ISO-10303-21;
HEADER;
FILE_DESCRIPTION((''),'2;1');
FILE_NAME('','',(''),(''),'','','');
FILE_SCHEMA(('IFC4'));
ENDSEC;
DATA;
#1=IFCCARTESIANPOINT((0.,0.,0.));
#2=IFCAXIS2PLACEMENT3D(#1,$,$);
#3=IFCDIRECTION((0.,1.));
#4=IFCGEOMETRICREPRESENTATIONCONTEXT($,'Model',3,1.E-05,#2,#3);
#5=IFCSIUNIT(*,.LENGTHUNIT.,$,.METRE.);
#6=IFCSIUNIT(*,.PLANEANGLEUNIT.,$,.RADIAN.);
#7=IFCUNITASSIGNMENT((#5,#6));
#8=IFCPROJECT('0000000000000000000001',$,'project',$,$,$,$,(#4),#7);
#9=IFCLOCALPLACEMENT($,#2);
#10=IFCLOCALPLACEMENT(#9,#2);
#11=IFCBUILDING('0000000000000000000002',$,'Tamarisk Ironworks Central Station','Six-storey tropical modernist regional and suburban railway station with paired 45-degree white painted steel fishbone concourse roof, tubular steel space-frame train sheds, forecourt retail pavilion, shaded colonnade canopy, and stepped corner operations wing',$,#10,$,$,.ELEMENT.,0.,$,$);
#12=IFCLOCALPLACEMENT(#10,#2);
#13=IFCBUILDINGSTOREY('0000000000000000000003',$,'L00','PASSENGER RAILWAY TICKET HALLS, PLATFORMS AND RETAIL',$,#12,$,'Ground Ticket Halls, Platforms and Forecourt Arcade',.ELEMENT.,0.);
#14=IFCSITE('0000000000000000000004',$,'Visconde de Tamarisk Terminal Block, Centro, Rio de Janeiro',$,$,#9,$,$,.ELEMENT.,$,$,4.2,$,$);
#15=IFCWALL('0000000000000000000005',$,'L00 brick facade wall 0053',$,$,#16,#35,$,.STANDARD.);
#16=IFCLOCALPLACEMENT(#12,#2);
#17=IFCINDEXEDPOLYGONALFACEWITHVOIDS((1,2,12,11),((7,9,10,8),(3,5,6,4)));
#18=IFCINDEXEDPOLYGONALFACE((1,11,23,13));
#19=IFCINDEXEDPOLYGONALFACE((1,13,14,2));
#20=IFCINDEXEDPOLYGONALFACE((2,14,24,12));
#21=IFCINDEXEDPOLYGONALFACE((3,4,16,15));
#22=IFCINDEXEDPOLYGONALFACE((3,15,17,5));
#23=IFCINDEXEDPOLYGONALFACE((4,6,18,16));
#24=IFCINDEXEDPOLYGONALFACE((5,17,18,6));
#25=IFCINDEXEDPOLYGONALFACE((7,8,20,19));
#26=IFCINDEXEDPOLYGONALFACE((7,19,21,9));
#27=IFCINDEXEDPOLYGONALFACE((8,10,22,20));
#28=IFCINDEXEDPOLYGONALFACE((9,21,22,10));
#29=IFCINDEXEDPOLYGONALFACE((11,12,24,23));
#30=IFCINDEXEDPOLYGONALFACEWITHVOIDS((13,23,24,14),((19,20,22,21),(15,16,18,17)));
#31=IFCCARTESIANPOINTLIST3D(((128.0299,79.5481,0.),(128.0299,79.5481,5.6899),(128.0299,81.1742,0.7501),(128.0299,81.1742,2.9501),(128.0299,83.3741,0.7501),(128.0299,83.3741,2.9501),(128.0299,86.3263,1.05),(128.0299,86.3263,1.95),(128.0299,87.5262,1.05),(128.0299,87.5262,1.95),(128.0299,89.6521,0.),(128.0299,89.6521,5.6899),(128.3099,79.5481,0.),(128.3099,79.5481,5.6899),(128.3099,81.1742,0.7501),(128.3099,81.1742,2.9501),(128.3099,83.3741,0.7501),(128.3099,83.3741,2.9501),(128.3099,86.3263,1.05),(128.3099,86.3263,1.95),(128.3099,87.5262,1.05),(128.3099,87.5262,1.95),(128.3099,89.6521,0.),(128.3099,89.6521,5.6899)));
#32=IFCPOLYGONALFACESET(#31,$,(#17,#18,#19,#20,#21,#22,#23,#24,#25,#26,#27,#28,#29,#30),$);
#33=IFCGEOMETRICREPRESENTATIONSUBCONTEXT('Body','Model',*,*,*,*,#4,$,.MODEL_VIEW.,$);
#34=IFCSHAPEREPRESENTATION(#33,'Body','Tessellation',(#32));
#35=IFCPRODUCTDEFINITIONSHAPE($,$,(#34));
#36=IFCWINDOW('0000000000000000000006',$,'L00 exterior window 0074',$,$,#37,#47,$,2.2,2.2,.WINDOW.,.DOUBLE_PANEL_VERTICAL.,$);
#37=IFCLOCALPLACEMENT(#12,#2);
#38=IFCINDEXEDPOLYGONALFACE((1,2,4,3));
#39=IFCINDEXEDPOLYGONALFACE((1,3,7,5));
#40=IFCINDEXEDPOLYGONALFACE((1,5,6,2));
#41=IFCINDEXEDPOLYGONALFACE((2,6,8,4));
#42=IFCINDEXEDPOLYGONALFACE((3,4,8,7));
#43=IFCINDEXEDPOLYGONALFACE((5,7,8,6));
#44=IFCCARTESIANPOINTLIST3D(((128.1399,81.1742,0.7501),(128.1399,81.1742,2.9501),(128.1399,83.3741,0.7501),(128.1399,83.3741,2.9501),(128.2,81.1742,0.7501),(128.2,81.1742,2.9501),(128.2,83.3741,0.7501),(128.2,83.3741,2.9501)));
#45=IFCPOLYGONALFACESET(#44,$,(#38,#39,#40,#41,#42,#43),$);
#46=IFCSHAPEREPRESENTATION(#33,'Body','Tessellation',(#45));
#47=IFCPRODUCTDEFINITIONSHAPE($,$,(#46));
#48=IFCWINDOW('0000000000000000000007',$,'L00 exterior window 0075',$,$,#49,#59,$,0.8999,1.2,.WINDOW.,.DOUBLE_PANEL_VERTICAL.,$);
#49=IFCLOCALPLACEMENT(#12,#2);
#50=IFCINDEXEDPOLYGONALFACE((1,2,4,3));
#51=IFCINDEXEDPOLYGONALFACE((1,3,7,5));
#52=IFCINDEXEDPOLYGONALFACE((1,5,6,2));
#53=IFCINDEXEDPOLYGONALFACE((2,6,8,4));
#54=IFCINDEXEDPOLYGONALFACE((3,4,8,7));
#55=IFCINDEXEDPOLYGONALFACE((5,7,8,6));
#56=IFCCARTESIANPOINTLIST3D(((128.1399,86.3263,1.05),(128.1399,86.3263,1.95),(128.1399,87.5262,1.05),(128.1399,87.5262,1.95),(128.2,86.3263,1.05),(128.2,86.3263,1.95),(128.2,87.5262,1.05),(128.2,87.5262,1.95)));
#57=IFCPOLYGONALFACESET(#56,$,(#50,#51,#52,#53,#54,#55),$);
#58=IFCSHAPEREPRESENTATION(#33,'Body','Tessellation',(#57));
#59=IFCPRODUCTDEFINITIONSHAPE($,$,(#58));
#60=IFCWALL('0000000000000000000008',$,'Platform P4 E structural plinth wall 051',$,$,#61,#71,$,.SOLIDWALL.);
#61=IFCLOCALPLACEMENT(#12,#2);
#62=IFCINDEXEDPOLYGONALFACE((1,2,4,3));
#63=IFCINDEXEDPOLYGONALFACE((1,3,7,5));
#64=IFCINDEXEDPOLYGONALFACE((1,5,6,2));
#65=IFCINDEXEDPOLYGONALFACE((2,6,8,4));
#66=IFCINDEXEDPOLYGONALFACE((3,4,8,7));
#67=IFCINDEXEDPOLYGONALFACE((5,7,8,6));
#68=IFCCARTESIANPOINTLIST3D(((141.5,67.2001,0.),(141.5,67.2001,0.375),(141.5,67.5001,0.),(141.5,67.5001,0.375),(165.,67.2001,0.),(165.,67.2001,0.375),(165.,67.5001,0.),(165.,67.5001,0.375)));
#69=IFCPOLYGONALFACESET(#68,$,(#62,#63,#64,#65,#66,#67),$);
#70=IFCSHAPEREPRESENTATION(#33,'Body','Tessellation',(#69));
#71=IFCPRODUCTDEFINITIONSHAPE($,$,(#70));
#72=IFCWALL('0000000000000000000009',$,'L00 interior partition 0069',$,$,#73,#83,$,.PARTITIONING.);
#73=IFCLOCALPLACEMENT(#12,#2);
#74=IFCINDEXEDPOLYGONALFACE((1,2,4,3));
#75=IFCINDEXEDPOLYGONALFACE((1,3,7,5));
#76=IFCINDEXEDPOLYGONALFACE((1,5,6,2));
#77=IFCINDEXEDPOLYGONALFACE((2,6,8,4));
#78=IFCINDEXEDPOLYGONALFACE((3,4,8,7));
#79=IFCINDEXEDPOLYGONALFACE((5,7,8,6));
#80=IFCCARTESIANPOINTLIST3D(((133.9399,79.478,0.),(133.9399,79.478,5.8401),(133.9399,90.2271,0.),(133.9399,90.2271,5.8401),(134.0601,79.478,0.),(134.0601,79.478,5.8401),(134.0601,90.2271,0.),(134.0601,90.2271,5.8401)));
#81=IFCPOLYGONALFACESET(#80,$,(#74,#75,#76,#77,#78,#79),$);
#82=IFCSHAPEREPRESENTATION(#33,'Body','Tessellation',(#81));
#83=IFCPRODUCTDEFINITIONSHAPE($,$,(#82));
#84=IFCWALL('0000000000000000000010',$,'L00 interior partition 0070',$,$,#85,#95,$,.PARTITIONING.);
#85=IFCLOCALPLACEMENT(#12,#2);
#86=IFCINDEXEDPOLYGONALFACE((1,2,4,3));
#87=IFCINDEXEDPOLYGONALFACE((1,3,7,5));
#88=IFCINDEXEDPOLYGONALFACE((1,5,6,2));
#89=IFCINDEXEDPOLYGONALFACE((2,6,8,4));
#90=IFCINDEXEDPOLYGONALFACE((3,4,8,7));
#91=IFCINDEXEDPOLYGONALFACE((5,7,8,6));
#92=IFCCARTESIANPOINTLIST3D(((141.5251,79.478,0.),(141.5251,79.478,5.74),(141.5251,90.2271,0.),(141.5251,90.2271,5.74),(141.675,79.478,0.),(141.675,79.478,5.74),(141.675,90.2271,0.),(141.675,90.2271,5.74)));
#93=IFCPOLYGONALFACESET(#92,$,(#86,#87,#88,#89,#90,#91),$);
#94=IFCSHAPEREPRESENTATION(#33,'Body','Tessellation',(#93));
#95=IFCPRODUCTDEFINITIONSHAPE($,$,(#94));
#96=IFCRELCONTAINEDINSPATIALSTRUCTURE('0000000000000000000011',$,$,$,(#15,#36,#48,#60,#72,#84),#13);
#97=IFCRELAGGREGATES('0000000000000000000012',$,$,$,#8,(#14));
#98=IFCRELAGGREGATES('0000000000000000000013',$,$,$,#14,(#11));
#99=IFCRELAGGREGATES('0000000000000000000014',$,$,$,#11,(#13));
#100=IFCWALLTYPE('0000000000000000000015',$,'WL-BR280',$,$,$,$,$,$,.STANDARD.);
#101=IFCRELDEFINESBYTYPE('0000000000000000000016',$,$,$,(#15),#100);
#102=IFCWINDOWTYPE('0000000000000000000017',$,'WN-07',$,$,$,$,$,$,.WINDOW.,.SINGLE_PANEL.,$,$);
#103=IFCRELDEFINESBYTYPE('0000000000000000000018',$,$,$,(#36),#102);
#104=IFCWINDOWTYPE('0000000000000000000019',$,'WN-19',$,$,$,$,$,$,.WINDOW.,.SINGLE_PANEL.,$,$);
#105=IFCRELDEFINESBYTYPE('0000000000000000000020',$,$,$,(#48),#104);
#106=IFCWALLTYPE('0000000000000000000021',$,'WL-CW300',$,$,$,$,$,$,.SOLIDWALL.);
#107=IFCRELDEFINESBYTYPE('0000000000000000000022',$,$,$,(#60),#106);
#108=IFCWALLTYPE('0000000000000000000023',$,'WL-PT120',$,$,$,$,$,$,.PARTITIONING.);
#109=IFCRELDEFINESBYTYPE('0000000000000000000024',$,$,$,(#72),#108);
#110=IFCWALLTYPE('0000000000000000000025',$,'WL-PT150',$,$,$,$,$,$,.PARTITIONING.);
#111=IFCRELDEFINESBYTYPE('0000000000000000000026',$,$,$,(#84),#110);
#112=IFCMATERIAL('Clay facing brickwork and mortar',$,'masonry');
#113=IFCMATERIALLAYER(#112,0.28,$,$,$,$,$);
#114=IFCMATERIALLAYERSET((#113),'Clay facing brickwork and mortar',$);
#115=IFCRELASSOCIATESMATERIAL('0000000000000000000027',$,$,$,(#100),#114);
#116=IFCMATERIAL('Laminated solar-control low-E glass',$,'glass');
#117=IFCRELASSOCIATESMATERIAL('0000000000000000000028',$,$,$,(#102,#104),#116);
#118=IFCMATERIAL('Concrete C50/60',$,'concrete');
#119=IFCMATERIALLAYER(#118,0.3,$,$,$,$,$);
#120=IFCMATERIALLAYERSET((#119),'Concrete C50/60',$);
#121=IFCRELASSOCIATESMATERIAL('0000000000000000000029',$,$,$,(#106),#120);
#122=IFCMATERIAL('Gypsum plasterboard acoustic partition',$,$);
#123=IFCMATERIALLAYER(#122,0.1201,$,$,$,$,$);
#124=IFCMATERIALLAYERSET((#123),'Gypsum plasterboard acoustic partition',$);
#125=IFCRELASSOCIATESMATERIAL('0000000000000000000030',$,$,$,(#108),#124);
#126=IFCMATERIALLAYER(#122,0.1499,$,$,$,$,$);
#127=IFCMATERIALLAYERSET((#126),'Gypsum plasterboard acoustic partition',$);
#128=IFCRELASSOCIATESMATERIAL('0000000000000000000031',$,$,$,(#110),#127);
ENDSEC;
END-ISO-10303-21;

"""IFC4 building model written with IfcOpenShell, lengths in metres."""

from ifc_helpers import new_model, si_unit, direction, frame, frame_2d, origin, place, context, subcontext, project, spatial, rectangle, extrude, material, layer, layer_set, type_object, element, fill, save


model = new_model("IFC4")

# Units and contexts
model_context = context("Model", 3, precision=1e-05, world=origin(), true_north=direction((0.0, 1.0)))
body_context = subcontext(model_context, "Body", "Model", "MODEL_VIEW")
ifc_project = project(units=[si_unit("LENGTHUNIT", "METRE"), si_unit("PLANEANGLEUNIT", "RADIAN")], contexts=[model_context])

# Site, building, storey
site_placement = place(None, origin())
site = spatial("IfcSite", under=ifc_project, at=site_placement, Name="Visconde de Tamarisk Terminal Block, Centro, Rio de Janeiro", CompositionType="ELEMENT", RefElevation=4.2)
building_placement = place(site_placement, origin())
building = spatial("IfcBuilding", under=site, at=building_placement, Name="Tamarisk Ironworks Central Station", Description="Six-storey tropical modernist regional and suburban railway station with paired 45-degree white painted steel fishbone concourse roof, tubular steel space-frame train sheds, forecourt retail pavilion, shaded colonnade canopy, and stepped corner operations wing", CompositionType="ELEMENT", ElevationOfRefHeight=0.0)
storey_placement = place(building_placement, origin())
storey = spatial("IfcBuildingStorey", under=building, at=storey_placement, Name="L00", Description="PASSENGER RAILWAY TICKET HALLS, PLATFORMS AND RETAIL", LongName="Ground Ticket Halls, Platforms and Forecourt Arcade", CompositionType="ELEMENT", Elevation=0.0)

# Shared definitions
ifc_material_1 = material(Name="Concrete C50/60", Category="concrete")

# Shared definitions
ifc_material_2 = material(Name="Clay facing brickwork and mortar", Category="masonry")
ifc_layer_1 = layer(ifc_material_2, 0.28)
ifc_layer_set_1 = layer_set([ifc_layer_1], Name="Clay facing brickwork and mortar")
wall_type_1 = type_object("IfcWallType", Name="WL-BR280", PredefinedType="STANDARD", material=ifc_layer_set_1)
ifc_material_3 = material(Name="Laminated solar-control low-E glass", Category="glass")

# Wall, openings, windows
wall_1_placement = place(storey_placement, frame((128.1699, 79.5481, 0.0), z_axis=(0.0, 0.0, 1.0), x_axis=(0.0, 1.0, 0.0)))
wall_1 = element("IfcWall", 1, at=wall_1_placement, inside=storey, type_object=wall_type_1, Name="L00 brick facade wall 0053", PredefinedType="STANDARD", context=body_context, shape_type="SweptSolid", body=[
    extrude(rectangle(XDim=10.104, YDim=0.28, at=frame_2d((5.052, 0.0))), origin(), (0.0, 0.0, 1.0), 5.6899),
])
opening_1_placement = place(wall_1_placement, frame((1.626, 0.0, 0.75)))
opening_1 = element("IfcOpeningElement", 2, at=opening_1_placement, cuts=wall_1, PredefinedType="OPENING", context=body_context, shape_type="SweptSolid", body=[
    extrude(rectangle(XDim=2.2, YDim=2.2, at=frame_2d((1.1001, 1.1001))), frame((0.0, 0.1519, 0.0), z_axis=(0.0, -1.0, 0.0), x_axis=(1.0, 0.0, 0.0)), (0.0, 0.0, 1.0), 0.304),
])
opening_2_placement = place(wall_1_placement, frame((6.7781, 0.0, 1.05)))
opening_2 = element("IfcOpeningElement", 3, at=opening_2_placement, cuts=wall_1, PredefinedType="OPENING", context=body_context, shape_type="SweptSolid", body=[
    extrude(rectangle(XDim=1.2, YDim=0.8999, at=frame_2d((0.6001, 0.45))), frame((0.0, 0.1519, 0.0), z_axis=(0.0, -1.0, 0.0), x_axis=(1.0, 0.0, 0.0)), (0.0, 0.0, 1.0), 0.304),
])
window_type_1 = type_object("IfcWindowType", Name="WN-07", PartitioningType="SINGLE_PANEL", PredefinedType="WINDOW", material=ifc_material_3)
window_1_placement = place(opening_1_placement, origin())
window_1 = element("IfcWindow", 4, at=window_1_placement, inside=storey, type_object=window_type_1, Name="L00 exterior window 0074", OverallHeight=2.2, OverallWidth=2.2, PartitioningType="DOUBLE_PANEL_VERTICAL", PredefinedType="WINDOW", context=body_context, shape_type="SweptSolid", body=[
    extrude(rectangle(XDim=2.2, YDim=2.2, at=frame_2d((1.1001, 1.1001))), frame((0.0, 0.03, 0.0), z_axis=(0.0, -1.0, 0.0), x_axis=(1.0, 0.0, 0.0)), (0.0, 0.0, 1.0), 0.0601),
])
fill(opening_1, window_1)
window_type_2 = type_object("IfcWindowType", Name="WN-19", PartitioningType="SINGLE_PANEL", PredefinedType="WINDOW", material=ifc_material_3)
window_2_placement = place(opening_2_placement, origin())
window_2 = element("IfcWindow", 5, at=window_2_placement, inside=storey, type_object=window_type_2, Name="L00 exterior window 0075", OverallHeight=0.8999, OverallWidth=1.2, PartitioningType="DOUBLE_PANEL_VERTICAL", PredefinedType="WINDOW", context=body_context, shape_type="SweptSolid", body=[
    extrude(rectangle(XDim=1.2, YDim=0.8999, at=frame_2d((0.6001, 0.45))), frame((0.0, 0.03, 0.0), z_axis=(0.0, -1.0, 0.0), x_axis=(1.0, 0.0, 0.0)), (0.0, 0.0, 1.0), 0.0601),
])
fill(opening_2, window_2)

# Walls
ifc_layer_2 = layer(ifc_material_1, 0.3)
ifc_layer_set_2 = layer_set([ifc_layer_2], Name="Concrete C50/60")
wall_type_2 = type_object("IfcWallType", Name="WL-CW300", PredefinedType="SOLIDWALL", material=ifc_layer_set_2)
wall_2_placement = place(storey_placement, frame((141.5, 67.3501, 0.0), z_axis=(0.0, 0.0, 1.0), x_axis=(1.0, 0.0, 0.0)))
element("IfcWall", 6, at=wall_2_placement, inside=storey, type_object=wall_type_2, Name="Platform P4 E structural plinth wall 051", PredefinedType="SOLIDWALL", context=body_context, shape_type="SweptSolid", body=[
    extrude(rectangle(XDim=23.5, YDim=0.3, at=frame_2d((11.75, 0.0))), origin(), (0.0, 0.0, 1.0), 0.375),
])
ifc_material_4 = material(Name="Gypsum plasterboard acoustic partition")
ifc_layer_3 = layer(ifc_material_4, 0.1201)
ifc_layer_set_3 = layer_set([ifc_layer_3], Name="Gypsum plasterboard acoustic partition")
wall_type_3 = type_object("IfcWallType", Name="WL-PT120", PredefinedType="PARTITIONING", material=ifc_layer_set_3)
wall_3_placement = place(storey_placement, frame((134.0, 79.478, 0.0), z_axis=(0.0, 0.0, 1.0), x_axis=(0.0, 1.0, 0.0)))
element("IfcWall", 7, at=wall_3_placement, inside=storey, type_object=wall_type_3, Name="L00 interior partition 0069", PredefinedType="PARTITIONING", context=body_context, shape_type="SweptSolid", body=[
    extrude(rectangle(XDim=10.749, YDim=0.1201, at=frame_2d((5.3745, 0.0))), origin(), (0.0, 0.0, 1.0), 5.8401),
])
ifc_layer_4 = layer(ifc_material_4, 0.1499)
ifc_layer_set_4 = layer_set([ifc_layer_4], Name="Gypsum plasterboard acoustic partition")
wall_type_4 = type_object("IfcWallType", Name="WL-PT150", PredefinedType="PARTITIONING", material=ifc_layer_set_4)
wall_4_placement = place(storey_placement, frame((141.6001, 79.478, 0.0), z_axis=(0.0, 0.0, 1.0), x_axis=(0.0, 1.0, 0.0)))
element("IfcWall", 8, at=wall_4_placement, inside=storey, type_object=wall_type_4, Name="L00 interior partition 0070", PredefinedType="PARTITIONING", context=body_context, shape_type="SweptSolid", body=[
    extrude(rectangle(XDim=10.749, YDim=0.1499, at=frame_2d((5.3745, 0.0))), origin(), (0.0, 0.0, 1.0), 5.74),
])

save(model, "model.ifc")
